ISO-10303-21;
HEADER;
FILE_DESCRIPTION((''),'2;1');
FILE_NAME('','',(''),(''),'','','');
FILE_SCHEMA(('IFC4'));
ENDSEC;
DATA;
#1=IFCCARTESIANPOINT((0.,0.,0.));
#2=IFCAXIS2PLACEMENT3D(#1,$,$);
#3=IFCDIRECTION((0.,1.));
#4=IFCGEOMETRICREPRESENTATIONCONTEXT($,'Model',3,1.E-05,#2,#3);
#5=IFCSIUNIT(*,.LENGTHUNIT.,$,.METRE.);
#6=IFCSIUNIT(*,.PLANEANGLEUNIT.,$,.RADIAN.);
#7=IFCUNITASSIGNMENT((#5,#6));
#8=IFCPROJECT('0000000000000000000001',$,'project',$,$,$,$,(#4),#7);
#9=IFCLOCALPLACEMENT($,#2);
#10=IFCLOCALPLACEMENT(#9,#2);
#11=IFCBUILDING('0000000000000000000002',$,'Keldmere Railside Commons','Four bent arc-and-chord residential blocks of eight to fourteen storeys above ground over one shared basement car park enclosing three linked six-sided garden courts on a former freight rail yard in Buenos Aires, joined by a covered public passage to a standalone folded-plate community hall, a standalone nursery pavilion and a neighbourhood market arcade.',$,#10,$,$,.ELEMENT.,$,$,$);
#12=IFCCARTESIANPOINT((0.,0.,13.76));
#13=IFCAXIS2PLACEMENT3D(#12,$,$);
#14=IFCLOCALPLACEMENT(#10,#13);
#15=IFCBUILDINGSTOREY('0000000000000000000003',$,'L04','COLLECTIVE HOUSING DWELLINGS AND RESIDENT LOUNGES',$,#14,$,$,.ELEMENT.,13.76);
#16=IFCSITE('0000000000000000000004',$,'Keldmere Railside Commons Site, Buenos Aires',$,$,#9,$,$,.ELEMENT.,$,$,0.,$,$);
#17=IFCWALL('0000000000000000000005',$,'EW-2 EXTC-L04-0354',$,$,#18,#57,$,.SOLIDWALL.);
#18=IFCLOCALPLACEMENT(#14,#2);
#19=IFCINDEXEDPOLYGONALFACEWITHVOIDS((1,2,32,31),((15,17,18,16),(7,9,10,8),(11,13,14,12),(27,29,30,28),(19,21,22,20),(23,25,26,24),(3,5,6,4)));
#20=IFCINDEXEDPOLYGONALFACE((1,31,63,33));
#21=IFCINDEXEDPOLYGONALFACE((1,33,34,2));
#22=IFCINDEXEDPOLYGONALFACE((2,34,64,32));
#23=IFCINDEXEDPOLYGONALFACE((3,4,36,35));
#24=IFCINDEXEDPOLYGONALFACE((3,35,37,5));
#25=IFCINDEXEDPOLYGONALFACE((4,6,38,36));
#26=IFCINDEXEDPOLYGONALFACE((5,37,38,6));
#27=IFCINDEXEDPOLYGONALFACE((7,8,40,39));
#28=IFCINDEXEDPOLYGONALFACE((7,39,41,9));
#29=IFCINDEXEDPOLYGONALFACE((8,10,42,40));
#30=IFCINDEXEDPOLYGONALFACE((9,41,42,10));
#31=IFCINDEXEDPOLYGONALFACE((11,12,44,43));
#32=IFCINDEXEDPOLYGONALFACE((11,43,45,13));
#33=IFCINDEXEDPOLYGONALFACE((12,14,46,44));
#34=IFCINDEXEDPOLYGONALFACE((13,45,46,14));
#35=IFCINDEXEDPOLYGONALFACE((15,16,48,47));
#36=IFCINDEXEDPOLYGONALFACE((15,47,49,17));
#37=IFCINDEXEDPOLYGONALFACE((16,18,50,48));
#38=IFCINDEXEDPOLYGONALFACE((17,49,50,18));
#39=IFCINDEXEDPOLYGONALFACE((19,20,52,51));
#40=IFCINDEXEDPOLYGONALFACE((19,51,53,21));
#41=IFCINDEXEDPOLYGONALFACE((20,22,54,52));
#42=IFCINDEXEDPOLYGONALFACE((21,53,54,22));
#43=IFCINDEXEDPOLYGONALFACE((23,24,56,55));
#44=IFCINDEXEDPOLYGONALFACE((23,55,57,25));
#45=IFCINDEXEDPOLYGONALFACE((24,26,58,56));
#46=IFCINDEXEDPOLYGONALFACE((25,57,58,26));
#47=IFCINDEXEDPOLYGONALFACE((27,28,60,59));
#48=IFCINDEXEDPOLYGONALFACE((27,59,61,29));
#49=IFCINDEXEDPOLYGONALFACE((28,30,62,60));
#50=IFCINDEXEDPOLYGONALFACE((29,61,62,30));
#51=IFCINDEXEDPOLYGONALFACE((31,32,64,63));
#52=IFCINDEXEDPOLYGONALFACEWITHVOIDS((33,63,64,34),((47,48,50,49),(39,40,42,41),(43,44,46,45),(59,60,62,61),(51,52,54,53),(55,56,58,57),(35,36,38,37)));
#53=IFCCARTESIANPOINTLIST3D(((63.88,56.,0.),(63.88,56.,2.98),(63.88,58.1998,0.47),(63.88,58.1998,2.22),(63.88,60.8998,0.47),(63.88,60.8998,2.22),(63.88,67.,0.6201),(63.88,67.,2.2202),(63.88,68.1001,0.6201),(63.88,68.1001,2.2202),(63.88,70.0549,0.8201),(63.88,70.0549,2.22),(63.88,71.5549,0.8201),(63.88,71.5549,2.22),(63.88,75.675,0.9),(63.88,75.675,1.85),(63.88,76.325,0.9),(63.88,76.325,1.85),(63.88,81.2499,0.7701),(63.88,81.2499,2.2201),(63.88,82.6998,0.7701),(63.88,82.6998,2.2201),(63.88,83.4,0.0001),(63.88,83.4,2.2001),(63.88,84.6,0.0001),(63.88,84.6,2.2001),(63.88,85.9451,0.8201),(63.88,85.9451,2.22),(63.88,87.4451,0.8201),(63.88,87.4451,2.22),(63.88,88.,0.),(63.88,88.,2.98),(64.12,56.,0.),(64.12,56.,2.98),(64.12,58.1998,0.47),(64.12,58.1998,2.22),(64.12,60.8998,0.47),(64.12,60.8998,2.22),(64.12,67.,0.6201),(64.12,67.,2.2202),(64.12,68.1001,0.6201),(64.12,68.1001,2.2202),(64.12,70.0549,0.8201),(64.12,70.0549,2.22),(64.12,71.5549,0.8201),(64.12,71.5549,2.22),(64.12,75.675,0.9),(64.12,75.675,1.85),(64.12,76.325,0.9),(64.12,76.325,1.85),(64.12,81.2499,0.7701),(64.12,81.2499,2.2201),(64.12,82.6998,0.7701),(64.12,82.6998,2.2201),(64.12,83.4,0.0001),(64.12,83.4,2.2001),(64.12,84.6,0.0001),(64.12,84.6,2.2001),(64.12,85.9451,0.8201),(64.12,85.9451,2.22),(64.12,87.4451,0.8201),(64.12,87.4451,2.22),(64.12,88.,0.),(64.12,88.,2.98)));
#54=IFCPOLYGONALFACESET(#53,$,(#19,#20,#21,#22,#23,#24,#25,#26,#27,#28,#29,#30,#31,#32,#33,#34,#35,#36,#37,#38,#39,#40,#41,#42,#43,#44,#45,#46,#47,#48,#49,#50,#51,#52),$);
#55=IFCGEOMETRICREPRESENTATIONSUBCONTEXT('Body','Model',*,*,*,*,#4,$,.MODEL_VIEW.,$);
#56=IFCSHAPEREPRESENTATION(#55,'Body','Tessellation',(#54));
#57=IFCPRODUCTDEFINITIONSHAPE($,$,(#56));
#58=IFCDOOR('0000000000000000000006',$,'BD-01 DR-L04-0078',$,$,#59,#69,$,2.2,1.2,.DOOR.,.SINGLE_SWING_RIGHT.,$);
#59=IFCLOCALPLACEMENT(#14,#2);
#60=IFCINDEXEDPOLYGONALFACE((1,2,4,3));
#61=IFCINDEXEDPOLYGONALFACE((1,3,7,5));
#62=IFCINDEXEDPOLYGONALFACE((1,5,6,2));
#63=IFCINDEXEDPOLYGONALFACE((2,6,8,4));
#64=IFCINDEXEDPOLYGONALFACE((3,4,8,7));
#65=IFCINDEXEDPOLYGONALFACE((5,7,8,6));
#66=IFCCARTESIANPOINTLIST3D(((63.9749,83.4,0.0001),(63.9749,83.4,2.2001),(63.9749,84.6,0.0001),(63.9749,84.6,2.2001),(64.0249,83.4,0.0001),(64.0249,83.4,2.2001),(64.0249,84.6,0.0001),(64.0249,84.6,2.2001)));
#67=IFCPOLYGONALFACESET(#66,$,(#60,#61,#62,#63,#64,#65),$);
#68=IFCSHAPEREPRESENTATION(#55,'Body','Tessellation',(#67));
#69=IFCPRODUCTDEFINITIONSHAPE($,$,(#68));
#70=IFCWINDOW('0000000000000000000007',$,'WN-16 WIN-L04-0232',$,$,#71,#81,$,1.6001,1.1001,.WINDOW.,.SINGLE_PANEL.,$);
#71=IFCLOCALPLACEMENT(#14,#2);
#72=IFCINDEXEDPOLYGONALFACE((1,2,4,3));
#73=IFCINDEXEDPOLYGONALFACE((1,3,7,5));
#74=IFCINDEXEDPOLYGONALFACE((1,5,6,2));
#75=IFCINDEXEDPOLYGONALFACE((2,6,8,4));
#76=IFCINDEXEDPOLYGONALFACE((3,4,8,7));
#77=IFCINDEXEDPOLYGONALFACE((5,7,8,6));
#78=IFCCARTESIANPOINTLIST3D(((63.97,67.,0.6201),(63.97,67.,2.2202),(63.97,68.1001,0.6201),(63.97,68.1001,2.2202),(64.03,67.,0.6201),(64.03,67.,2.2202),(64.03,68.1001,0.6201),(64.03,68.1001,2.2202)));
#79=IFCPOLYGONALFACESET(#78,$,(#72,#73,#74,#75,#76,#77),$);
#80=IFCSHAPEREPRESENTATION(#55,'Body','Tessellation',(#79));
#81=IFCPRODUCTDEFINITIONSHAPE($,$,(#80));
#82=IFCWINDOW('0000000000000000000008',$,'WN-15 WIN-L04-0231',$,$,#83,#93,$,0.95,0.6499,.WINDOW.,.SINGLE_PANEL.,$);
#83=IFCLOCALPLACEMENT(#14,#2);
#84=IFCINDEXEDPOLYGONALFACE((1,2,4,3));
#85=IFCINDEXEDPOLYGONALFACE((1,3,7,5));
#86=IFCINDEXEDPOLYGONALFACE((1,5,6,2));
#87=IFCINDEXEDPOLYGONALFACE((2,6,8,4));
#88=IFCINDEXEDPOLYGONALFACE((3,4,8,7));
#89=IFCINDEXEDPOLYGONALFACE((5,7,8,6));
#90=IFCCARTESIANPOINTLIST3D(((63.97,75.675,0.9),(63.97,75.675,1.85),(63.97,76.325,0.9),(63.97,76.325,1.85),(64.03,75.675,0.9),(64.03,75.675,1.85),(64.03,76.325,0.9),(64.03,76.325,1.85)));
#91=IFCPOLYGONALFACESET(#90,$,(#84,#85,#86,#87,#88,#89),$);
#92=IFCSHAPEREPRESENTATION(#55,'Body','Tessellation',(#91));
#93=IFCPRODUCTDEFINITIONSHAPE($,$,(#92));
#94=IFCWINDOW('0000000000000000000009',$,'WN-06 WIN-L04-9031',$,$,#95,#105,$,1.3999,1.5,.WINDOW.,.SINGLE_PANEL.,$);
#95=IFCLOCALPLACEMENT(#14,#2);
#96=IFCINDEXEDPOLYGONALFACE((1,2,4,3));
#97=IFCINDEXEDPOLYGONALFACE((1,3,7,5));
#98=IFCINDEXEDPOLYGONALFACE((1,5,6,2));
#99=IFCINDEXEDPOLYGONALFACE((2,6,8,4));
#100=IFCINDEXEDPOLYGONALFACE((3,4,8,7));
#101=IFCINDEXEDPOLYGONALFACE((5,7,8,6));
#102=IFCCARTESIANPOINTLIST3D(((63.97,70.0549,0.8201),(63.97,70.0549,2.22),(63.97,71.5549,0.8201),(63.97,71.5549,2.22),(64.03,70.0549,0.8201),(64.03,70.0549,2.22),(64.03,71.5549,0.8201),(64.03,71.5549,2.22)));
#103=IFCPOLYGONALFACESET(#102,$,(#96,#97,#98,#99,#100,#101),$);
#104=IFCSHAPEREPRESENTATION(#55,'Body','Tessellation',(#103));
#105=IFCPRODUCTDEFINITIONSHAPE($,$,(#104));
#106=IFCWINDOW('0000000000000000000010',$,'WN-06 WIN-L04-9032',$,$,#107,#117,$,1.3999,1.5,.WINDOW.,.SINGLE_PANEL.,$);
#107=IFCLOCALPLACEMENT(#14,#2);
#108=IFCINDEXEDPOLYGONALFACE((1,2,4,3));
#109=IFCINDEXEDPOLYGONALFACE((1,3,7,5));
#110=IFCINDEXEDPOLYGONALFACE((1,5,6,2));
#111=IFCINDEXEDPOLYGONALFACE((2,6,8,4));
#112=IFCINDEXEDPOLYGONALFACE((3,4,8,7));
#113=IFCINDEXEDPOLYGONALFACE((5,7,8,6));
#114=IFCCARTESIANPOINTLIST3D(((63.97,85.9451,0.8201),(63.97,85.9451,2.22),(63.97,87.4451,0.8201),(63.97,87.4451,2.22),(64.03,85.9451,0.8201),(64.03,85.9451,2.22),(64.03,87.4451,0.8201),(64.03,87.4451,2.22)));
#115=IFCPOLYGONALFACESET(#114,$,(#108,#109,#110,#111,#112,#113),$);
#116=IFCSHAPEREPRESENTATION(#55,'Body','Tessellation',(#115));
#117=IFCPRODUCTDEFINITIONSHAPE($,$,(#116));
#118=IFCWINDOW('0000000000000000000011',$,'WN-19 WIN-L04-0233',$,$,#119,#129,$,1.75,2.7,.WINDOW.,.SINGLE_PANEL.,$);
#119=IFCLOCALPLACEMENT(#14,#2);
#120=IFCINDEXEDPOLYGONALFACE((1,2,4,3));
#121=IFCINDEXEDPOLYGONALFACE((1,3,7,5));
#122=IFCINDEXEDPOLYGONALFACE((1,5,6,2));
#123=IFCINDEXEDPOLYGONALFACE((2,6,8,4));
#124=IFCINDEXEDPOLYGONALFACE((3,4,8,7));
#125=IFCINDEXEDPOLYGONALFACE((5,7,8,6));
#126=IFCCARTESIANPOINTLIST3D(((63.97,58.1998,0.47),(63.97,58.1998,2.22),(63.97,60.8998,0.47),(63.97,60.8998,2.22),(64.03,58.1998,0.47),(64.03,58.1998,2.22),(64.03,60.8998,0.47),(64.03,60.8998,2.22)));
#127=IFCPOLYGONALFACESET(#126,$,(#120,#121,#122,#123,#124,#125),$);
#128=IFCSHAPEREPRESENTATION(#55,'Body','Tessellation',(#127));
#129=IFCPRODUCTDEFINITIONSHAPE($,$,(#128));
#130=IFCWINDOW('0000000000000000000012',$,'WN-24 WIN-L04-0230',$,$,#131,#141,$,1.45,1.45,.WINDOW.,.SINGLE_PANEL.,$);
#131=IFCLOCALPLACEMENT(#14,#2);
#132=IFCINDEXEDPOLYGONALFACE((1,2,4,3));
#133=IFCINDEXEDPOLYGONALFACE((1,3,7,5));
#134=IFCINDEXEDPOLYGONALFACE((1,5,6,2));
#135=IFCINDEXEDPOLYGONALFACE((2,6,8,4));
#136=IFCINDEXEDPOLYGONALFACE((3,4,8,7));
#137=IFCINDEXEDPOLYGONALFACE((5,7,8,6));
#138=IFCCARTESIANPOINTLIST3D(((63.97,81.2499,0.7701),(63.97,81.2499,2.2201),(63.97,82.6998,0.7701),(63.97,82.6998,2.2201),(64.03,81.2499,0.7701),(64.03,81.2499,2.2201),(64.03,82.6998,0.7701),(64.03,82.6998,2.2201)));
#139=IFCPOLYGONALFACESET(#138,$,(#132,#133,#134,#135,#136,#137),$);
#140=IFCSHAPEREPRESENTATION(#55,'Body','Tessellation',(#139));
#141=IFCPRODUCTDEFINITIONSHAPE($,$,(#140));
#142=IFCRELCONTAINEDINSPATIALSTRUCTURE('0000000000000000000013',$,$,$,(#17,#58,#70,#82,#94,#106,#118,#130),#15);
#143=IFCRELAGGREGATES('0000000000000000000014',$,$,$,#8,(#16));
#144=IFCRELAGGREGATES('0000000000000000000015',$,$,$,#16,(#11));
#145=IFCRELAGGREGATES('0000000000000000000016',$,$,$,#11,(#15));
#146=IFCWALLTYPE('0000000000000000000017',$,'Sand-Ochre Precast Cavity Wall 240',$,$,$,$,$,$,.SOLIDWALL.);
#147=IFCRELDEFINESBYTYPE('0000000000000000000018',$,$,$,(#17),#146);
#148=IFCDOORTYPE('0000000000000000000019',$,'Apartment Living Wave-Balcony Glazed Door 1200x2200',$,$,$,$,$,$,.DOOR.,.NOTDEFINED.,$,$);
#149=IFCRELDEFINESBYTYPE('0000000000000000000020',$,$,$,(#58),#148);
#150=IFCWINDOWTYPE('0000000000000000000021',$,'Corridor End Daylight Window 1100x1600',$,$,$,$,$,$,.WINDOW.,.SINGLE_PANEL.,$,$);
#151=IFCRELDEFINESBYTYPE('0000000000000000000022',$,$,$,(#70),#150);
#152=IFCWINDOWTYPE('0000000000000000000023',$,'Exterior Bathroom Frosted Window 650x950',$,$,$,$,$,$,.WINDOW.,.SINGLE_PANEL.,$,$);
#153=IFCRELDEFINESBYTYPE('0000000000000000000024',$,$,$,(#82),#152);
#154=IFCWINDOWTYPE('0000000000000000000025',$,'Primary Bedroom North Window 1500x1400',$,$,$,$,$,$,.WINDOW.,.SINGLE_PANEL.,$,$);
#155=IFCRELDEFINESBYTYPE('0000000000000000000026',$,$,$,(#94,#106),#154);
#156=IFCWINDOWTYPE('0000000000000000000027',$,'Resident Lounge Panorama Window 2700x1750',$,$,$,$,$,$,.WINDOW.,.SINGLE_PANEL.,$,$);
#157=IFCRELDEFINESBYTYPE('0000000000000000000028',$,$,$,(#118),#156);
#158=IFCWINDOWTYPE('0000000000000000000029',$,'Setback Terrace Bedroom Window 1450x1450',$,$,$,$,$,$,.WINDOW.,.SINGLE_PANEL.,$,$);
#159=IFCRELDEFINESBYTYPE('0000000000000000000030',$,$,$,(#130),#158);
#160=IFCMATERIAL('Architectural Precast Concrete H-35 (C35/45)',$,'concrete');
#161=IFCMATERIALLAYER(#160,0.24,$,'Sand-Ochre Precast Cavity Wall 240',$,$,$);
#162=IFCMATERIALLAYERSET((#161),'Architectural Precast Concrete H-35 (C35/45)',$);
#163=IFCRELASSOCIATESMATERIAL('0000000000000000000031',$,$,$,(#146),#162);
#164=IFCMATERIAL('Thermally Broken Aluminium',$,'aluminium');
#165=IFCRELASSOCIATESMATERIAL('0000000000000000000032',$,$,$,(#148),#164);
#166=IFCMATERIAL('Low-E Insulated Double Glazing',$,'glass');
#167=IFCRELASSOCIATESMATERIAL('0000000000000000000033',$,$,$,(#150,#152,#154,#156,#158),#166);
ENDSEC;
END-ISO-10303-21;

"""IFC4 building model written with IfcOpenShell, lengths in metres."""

from ifc_helpers import new_model, si_unit, direction, frame, frame_2d, origin, place, context, subcontext, project, spatial, rectangle, extrude, material, layer, layer_set, type_object, element, fill, save


model = new_model("IFC4")

# Units and contexts
model_context = context("Model", 3, precision=1e-05, world=origin(), true_north=direction((0.0, 1.0)))
body_context = subcontext(model_context, "Body", "Model", "MODEL_VIEW")
ifc_project = project(units=[si_unit("LENGTHUNIT", "METRE"), si_unit("PLANEANGLEUNIT", "RADIAN")], contexts=[model_context])

# Site, building, storey
site_placement = place(None, origin())
site = spatial("IfcSite", under=ifc_project, at=site_placement, Name="Keldmere Railside Commons Site, Buenos Aires", CompositionType="ELEMENT", RefElevation=0.0)
building_placement = place(site_placement, origin())
building = spatial("IfcBuilding", under=site, at=building_placement, Name="Keldmere Railside Commons", Description="Four bent arc-and-chord residential blocks of eight to fourteen storeys above ground over one shared basement car park enclosing three linked six-sided garden courts on a former freight rail yard in Buenos Aires, joined by a covered public passage to a standalone folded-plate community hall, a standalone nursery pavilion and a neighbourhood market arcade.", CompositionType="ELEMENT")
storey_placement = place(building_placement, frame((0.0, 0.0, 13.76)))
storey = spatial("IfcBuildingStorey", under=building, at=storey_placement, Name="L04", Description="COLLECTIVE HOUSING DWELLINGS AND RESIDENT LOUNGES", CompositionType="ELEMENT", Elevation=13.76)

# Shared definitions
ifc_material_1 = material(Name="Thermally Broken Aluminium", Category="aluminium")

# Wall, openings, door, windows
ifc_material_2 = material(Name="Architectural Precast Concrete H-35 (C35/45)", Category="concrete")
ifc_layer_1 = layer(ifc_material_2, 0.24, Name="Sand-Ochre Precast Cavity Wall 240")
ifc_layer_set_1 = layer_set([ifc_layer_1], Name="Architectural Precast Concrete H-35 (C35/45)")
wall_type = type_object("IfcWallType", Name="Sand-Ochre Precast Cavity Wall 240", PredefinedType="SOLIDWALL", material=ifc_layer_set_1)
wall_placement = place(storey_placement, frame((64.0, 88.0, 0.0), z_axis=(0.0, 0.0, 1.0), x_axis=(0.0, -1.0, 0.0)))
wall = element("IfcWall", 1, at=wall_placement, inside=storey, type_object=wall_type, Name="EW-2 EXTC-L04-0354", PredefinedType="SOLIDWALL", context=body_context, shape_type="SweptSolid", body=[
    extrude(rectangle(XDim=32.0, YDim=0.24, at=frame_2d((16.0, 0.0))), origin(), (0.0, 0.0, 1.0), 2.98),
])
opening_1_placement = place(wall_placement, frame((3.3999, 0.0, 0.0)))
opening_1 = element("IfcOpeningElement", 2, at=opening_1_placement, cuts=wall, PredefinedType="OPENING", context=body_context, shape_type="SweptSolid", body=[
    extrude(rectangle(XDim=1.2, YDim=2.2, at=frame_2d((0.6001, 1.1001))), frame((0.0, 0.1299, 0.0), z_axis=(0.0, -1.0, 0.0), x_axis=(1.0, 0.0, 0.0)), (0.0, 0.0, 1.0), 0.26),
])
opening_2_placement = place(wall_placement, frame((5.3, 0.0, 0.77)))
opening_2 = element("IfcOpeningElement", 3, at=opening_2_placement, cuts=wall, PredefinedType="OPENING", context=body_context, shape_type="SweptSolid", body=[
    extrude(rectangle(XDim=1.45, YDim=1.45, at=frame_2d((0.7251, 0.7251))), frame((0.0, 0.1299, 0.0), z_axis=(0.0, -1.0, 0.0), x_axis=(1.0, 0.0, 0.0)), (0.0, 0.0, 1.0), 0.26),
])
opening_3_placement = place(wall_placement, frame((11.675, 0.0, 0.8999)))
opening_3 = element("IfcOpeningElement", 4, at=opening_3_placement, cuts=wall, PredefinedType="OPENING", context=body_context, shape_type="SweptSolid", body=[
    extrude(rectangle(XDim=0.6499, YDim=0.95, at=frame_2d((0.325, 0.4751))), frame((0.0, 0.1299, 0.0), z_axis=(0.0, -1.0, 0.0), x_axis=(1.0, 0.0, 0.0)), (0.0, 0.0, 1.0), 0.26),
])
opening_4_placement = place(wall_placement, frame((19.8999, 0.0, 0.6201)))
opening_4 = element("IfcOpeningElement", 5, at=opening_4_placement, cuts=wall, PredefinedType="OPENING", context=body_context, shape_type="SweptSolid", body=[
    extrude(rectangle(XDim=1.1001, YDim=1.6001, at=frame_2d((0.55, 0.8))), frame((0.0, 0.1299, 0.0), z_axis=(0.0, -1.0, 0.0), x_axis=(1.0, 0.0, 0.0)), (0.0, 0.0, 1.0), 0.26),
])
opening_5_placement = place(wall_placement, frame((27.1001, 0.0, 0.47)))
opening_5 = element("IfcOpeningElement", 6, at=opening_5_placement, cuts=wall, PredefinedType="OPENING", context=body_context, shape_type="SweptSolid", body=[
    extrude(rectangle(XDim=2.7, YDim=1.75, at=frame_2d((1.3501, 0.875))), frame((0.0, 0.1299, 0.0), z_axis=(0.0, -1.0, 0.0), x_axis=(1.0, 0.0, 0.0)), (0.0, 0.0, 1.0), 0.26),
])
opening_6_placement = place(wall_placement, frame((16.4451, 0.0, 0.8201)))
opening_6 = element("IfcOpeningElement", 7, at=opening_6_placement, cuts=wall, PredefinedType="OPENING", context=body_context, shape_type="SweptSolid", body=[
    extrude(rectangle(XDim=1.5, YDim=1.3999, at=frame_2d((0.75, 0.7))), frame((0.0, 0.1299, 0.0), z_axis=(0.0, -1.0, 0.0), x_axis=(1.0, 0.0, 0.0)), (0.0, 0.0, 1.0), 0.26),
])
opening_7_placement = place(wall_placement, frame((0.5549, 0.0, 0.8201)))
opening_7 = element("IfcOpeningElement", 8, at=opening_7_placement, cuts=wall, PredefinedType="OPENING", context=body_context, shape_type="SweptSolid", body=[
    extrude(rectangle(XDim=1.5, YDim=1.3999, at=frame_2d((0.75, 0.7))), frame((0.0, 0.1299, 0.0), z_axis=(0.0, -1.0, 0.0), x_axis=(1.0, 0.0, 0.0)), (0.0, 0.0, 1.0), 0.26),
])
door_type = type_object("IfcDoorType", Name="Apartment Living Wave-Balcony Glazed Door 1200x2200", OperationType="NOTDEFINED", PredefinedType="DOOR", material=ifc_material_1)
door_placement = place(opening_1_placement, origin())
door = element("IfcDoor", 9, at=door_placement, inside=storey, type_object=door_type, Name="BD-01 DR-L04-0078", OperationType="SINGLE_SWING_RIGHT", OverallHeight=2.2, OverallWidth=1.2, PredefinedType="DOOR", context=body_context, shape_type="SweptSolid", body=[
    extrude(rectangle(XDim=1.2, YDim=2.2, at=frame_2d((0.6001, 1.1001))), frame((0.0, 0.0249, 0.0), z_axis=(0.0, -1.0, 0.0), x_axis=(1.0, 0.0, 0.0)), (0.0, 0.0, 1.0), 0.05),
])
fill(opening_1, door)
ifc_material_3 = material(Name="Low-E Insulated Double Glazing", Category="glass")
window_type_1 = type_object("IfcWindowType", Name="Corridor End Daylight Window 1100x1600", PartitioningType="SINGLE_PANEL", PredefinedType="WINDOW", material=ifc_material_3)
window_1_placement = place(opening_4_placement, origin())
window_1 = element("IfcWindow", 10, at=window_1_placement, inside=storey, type_object=window_type_1, Name="WN-16 WIN-L04-0232", OverallHeight=1.6001, OverallWidth=1.1001, PartitioningType="SINGLE_PANEL", PredefinedType="WINDOW", context=body_context, shape_type="SweptSolid", body=[
    extrude(rectangle(XDim=1.1001, YDim=1.6001, at=frame_2d((0.55, 0.8))), frame((0.0, 0.03, 0.0), z_axis=(0.0, -1.0, 0.0), x_axis=(1.0, 0.0, 0.0)), (0.0, 0.0, 1.0), 0.0601),
])
fill(opening_4, window_1)
window_type_2 = type_object("IfcWindowType", Name="Exterior Bathroom Frosted Window 650x950", PartitioningType="SINGLE_PANEL", PredefinedType="WINDOW", material=ifc_material_3)
window_2_placement = place(opening_3_placement, origin())
window_2 = element("IfcWindow", 11, at=window_2_placement, inside=storey, type_object=window_type_2, Name="WN-15 WIN-L04-0231", OverallHeight=0.95, OverallWidth=0.6499, PartitioningType="SINGLE_PANEL", PredefinedType="WINDOW", context=body_context, shape_type="SweptSolid", body=[
    extrude(rectangle(XDim=0.6499, YDim=0.95, at=frame_2d((0.325, 0.4751))), frame((0.0, 0.03, 0.0), z_axis=(0.0, -1.0, 0.0), x_axis=(1.0, 0.0, 0.0)), (0.0, 0.0, 1.0), 0.0601),
])
fill(opening_3, window_2)
window_type_3 = type_object("IfcWindowType", Name="Primary Bedroom North Window 1500x1400", PartitioningType="SINGLE_PANEL", PredefinedType="WINDOW", material=ifc_material_3)
window_3_placement = place(opening_6_placement, origin())
window_3 = element("IfcWindow", 12, at=window_3_placement, inside=storey, type_object=window_type_3, Name="WN-06 WIN-L04-9031", OverallHeight=1.3999, OverallWidth=1.5, PartitioningType="SINGLE_PANEL", PredefinedType="WINDOW", context=body_context, shape_type="SweptSolid", body=[
    extrude(rectangle(XDim=1.5, YDim=1.3999, at=frame_2d((0.75, 0.7))), frame((0.0, 0.03, 0.0), z_axis=(0.0, -1.0, 0.0), x_axis=(1.0, 0.0, 0.0)), (0.0, 0.0, 1.0), 0.0601),
])
fill(opening_6, window_3)
window_4_placement = place(opening_7_placement, origin())
window_4 = element("IfcWindow", 13, at=window_4_placement, inside=storey, type_object=window_type_3, Name="WN-06 WIN-L04-9032", OverallHeight=1.3999, OverallWidth=1.5, PartitioningType="SINGLE_PANEL", PredefinedType="WINDOW", context=body_context, shape_type="SweptSolid", body=[
    extrude(rectangle(XDim=1.5, YDim=1.3999, at=frame_2d((0.75, 0.7))), frame((0.0, 0.03, 0.0), z_axis=(0.0, -1.0, 0.0), x_axis=(1.0, 0.0, 0.0)), (0.0, 0.0, 1.0), 0.0601),
])
fill(opening_7, window_4)
window_type_4 = type_object("IfcWindowType", Name="Resident Lounge Panorama Window 2700x1750", PartitioningType="SINGLE_PANEL", PredefinedType="WINDOW", material=ifc_material_3)
window_5_placement = place(opening_5_placement, origin())
window_5 = element("IfcWindow", 14, at=window_5_placement, inside=storey, type_object=window_type_4, Name="WN-19 WIN-L04-0233", OverallHeight=1.75, OverallWidth=2.7, PartitioningType="SINGLE_PANEL", PredefinedType="WINDOW", context=body_context, shape_type="SweptSolid", body=[
    extrude(rectangle(XDim=2.7, YDim=1.75, at=frame_2d((1.3501, 0.875))), frame((0.0, 0.03, 0.0), z_axis=(0.0, -1.0, 0.0), x_axis=(1.0, 0.0, 0.0)), (0.0, 0.0, 1.0), 0.0601),
])
fill(opening_5, window_5)
window_type_5 = type_object("IfcWindowType", Name="Setback Terrace Bedroom Window 1450x1450", PartitioningType="SINGLE_PANEL", PredefinedType="WINDOW", material=ifc_material_3)
window_6_placement = place(opening_2_placement, origin())
window_6 = element("IfcWindow", 15, at=window_6_placement, inside=storey, type_object=window_type_5, Name="WN-24 WIN-L04-0230", OverallHeight=1.45, OverallWidth=1.45, PartitioningType="SINGLE_PANEL", PredefinedType="WINDOW", context=body_context, shape_type="SweptSolid", body=[
    extrude(rectangle(XDim=1.45, YDim=1.45, at=frame_2d((0.7251, 0.7251))), frame((0.0, 0.03, 0.0), z_axis=(0.0, -1.0, 0.0), x_axis=(1.0, 0.0, 0.0)), (0.0, 0.0, 1.0), 0.0601),
])
fill(opening_2, window_6)

save(model, "model.ifc")
